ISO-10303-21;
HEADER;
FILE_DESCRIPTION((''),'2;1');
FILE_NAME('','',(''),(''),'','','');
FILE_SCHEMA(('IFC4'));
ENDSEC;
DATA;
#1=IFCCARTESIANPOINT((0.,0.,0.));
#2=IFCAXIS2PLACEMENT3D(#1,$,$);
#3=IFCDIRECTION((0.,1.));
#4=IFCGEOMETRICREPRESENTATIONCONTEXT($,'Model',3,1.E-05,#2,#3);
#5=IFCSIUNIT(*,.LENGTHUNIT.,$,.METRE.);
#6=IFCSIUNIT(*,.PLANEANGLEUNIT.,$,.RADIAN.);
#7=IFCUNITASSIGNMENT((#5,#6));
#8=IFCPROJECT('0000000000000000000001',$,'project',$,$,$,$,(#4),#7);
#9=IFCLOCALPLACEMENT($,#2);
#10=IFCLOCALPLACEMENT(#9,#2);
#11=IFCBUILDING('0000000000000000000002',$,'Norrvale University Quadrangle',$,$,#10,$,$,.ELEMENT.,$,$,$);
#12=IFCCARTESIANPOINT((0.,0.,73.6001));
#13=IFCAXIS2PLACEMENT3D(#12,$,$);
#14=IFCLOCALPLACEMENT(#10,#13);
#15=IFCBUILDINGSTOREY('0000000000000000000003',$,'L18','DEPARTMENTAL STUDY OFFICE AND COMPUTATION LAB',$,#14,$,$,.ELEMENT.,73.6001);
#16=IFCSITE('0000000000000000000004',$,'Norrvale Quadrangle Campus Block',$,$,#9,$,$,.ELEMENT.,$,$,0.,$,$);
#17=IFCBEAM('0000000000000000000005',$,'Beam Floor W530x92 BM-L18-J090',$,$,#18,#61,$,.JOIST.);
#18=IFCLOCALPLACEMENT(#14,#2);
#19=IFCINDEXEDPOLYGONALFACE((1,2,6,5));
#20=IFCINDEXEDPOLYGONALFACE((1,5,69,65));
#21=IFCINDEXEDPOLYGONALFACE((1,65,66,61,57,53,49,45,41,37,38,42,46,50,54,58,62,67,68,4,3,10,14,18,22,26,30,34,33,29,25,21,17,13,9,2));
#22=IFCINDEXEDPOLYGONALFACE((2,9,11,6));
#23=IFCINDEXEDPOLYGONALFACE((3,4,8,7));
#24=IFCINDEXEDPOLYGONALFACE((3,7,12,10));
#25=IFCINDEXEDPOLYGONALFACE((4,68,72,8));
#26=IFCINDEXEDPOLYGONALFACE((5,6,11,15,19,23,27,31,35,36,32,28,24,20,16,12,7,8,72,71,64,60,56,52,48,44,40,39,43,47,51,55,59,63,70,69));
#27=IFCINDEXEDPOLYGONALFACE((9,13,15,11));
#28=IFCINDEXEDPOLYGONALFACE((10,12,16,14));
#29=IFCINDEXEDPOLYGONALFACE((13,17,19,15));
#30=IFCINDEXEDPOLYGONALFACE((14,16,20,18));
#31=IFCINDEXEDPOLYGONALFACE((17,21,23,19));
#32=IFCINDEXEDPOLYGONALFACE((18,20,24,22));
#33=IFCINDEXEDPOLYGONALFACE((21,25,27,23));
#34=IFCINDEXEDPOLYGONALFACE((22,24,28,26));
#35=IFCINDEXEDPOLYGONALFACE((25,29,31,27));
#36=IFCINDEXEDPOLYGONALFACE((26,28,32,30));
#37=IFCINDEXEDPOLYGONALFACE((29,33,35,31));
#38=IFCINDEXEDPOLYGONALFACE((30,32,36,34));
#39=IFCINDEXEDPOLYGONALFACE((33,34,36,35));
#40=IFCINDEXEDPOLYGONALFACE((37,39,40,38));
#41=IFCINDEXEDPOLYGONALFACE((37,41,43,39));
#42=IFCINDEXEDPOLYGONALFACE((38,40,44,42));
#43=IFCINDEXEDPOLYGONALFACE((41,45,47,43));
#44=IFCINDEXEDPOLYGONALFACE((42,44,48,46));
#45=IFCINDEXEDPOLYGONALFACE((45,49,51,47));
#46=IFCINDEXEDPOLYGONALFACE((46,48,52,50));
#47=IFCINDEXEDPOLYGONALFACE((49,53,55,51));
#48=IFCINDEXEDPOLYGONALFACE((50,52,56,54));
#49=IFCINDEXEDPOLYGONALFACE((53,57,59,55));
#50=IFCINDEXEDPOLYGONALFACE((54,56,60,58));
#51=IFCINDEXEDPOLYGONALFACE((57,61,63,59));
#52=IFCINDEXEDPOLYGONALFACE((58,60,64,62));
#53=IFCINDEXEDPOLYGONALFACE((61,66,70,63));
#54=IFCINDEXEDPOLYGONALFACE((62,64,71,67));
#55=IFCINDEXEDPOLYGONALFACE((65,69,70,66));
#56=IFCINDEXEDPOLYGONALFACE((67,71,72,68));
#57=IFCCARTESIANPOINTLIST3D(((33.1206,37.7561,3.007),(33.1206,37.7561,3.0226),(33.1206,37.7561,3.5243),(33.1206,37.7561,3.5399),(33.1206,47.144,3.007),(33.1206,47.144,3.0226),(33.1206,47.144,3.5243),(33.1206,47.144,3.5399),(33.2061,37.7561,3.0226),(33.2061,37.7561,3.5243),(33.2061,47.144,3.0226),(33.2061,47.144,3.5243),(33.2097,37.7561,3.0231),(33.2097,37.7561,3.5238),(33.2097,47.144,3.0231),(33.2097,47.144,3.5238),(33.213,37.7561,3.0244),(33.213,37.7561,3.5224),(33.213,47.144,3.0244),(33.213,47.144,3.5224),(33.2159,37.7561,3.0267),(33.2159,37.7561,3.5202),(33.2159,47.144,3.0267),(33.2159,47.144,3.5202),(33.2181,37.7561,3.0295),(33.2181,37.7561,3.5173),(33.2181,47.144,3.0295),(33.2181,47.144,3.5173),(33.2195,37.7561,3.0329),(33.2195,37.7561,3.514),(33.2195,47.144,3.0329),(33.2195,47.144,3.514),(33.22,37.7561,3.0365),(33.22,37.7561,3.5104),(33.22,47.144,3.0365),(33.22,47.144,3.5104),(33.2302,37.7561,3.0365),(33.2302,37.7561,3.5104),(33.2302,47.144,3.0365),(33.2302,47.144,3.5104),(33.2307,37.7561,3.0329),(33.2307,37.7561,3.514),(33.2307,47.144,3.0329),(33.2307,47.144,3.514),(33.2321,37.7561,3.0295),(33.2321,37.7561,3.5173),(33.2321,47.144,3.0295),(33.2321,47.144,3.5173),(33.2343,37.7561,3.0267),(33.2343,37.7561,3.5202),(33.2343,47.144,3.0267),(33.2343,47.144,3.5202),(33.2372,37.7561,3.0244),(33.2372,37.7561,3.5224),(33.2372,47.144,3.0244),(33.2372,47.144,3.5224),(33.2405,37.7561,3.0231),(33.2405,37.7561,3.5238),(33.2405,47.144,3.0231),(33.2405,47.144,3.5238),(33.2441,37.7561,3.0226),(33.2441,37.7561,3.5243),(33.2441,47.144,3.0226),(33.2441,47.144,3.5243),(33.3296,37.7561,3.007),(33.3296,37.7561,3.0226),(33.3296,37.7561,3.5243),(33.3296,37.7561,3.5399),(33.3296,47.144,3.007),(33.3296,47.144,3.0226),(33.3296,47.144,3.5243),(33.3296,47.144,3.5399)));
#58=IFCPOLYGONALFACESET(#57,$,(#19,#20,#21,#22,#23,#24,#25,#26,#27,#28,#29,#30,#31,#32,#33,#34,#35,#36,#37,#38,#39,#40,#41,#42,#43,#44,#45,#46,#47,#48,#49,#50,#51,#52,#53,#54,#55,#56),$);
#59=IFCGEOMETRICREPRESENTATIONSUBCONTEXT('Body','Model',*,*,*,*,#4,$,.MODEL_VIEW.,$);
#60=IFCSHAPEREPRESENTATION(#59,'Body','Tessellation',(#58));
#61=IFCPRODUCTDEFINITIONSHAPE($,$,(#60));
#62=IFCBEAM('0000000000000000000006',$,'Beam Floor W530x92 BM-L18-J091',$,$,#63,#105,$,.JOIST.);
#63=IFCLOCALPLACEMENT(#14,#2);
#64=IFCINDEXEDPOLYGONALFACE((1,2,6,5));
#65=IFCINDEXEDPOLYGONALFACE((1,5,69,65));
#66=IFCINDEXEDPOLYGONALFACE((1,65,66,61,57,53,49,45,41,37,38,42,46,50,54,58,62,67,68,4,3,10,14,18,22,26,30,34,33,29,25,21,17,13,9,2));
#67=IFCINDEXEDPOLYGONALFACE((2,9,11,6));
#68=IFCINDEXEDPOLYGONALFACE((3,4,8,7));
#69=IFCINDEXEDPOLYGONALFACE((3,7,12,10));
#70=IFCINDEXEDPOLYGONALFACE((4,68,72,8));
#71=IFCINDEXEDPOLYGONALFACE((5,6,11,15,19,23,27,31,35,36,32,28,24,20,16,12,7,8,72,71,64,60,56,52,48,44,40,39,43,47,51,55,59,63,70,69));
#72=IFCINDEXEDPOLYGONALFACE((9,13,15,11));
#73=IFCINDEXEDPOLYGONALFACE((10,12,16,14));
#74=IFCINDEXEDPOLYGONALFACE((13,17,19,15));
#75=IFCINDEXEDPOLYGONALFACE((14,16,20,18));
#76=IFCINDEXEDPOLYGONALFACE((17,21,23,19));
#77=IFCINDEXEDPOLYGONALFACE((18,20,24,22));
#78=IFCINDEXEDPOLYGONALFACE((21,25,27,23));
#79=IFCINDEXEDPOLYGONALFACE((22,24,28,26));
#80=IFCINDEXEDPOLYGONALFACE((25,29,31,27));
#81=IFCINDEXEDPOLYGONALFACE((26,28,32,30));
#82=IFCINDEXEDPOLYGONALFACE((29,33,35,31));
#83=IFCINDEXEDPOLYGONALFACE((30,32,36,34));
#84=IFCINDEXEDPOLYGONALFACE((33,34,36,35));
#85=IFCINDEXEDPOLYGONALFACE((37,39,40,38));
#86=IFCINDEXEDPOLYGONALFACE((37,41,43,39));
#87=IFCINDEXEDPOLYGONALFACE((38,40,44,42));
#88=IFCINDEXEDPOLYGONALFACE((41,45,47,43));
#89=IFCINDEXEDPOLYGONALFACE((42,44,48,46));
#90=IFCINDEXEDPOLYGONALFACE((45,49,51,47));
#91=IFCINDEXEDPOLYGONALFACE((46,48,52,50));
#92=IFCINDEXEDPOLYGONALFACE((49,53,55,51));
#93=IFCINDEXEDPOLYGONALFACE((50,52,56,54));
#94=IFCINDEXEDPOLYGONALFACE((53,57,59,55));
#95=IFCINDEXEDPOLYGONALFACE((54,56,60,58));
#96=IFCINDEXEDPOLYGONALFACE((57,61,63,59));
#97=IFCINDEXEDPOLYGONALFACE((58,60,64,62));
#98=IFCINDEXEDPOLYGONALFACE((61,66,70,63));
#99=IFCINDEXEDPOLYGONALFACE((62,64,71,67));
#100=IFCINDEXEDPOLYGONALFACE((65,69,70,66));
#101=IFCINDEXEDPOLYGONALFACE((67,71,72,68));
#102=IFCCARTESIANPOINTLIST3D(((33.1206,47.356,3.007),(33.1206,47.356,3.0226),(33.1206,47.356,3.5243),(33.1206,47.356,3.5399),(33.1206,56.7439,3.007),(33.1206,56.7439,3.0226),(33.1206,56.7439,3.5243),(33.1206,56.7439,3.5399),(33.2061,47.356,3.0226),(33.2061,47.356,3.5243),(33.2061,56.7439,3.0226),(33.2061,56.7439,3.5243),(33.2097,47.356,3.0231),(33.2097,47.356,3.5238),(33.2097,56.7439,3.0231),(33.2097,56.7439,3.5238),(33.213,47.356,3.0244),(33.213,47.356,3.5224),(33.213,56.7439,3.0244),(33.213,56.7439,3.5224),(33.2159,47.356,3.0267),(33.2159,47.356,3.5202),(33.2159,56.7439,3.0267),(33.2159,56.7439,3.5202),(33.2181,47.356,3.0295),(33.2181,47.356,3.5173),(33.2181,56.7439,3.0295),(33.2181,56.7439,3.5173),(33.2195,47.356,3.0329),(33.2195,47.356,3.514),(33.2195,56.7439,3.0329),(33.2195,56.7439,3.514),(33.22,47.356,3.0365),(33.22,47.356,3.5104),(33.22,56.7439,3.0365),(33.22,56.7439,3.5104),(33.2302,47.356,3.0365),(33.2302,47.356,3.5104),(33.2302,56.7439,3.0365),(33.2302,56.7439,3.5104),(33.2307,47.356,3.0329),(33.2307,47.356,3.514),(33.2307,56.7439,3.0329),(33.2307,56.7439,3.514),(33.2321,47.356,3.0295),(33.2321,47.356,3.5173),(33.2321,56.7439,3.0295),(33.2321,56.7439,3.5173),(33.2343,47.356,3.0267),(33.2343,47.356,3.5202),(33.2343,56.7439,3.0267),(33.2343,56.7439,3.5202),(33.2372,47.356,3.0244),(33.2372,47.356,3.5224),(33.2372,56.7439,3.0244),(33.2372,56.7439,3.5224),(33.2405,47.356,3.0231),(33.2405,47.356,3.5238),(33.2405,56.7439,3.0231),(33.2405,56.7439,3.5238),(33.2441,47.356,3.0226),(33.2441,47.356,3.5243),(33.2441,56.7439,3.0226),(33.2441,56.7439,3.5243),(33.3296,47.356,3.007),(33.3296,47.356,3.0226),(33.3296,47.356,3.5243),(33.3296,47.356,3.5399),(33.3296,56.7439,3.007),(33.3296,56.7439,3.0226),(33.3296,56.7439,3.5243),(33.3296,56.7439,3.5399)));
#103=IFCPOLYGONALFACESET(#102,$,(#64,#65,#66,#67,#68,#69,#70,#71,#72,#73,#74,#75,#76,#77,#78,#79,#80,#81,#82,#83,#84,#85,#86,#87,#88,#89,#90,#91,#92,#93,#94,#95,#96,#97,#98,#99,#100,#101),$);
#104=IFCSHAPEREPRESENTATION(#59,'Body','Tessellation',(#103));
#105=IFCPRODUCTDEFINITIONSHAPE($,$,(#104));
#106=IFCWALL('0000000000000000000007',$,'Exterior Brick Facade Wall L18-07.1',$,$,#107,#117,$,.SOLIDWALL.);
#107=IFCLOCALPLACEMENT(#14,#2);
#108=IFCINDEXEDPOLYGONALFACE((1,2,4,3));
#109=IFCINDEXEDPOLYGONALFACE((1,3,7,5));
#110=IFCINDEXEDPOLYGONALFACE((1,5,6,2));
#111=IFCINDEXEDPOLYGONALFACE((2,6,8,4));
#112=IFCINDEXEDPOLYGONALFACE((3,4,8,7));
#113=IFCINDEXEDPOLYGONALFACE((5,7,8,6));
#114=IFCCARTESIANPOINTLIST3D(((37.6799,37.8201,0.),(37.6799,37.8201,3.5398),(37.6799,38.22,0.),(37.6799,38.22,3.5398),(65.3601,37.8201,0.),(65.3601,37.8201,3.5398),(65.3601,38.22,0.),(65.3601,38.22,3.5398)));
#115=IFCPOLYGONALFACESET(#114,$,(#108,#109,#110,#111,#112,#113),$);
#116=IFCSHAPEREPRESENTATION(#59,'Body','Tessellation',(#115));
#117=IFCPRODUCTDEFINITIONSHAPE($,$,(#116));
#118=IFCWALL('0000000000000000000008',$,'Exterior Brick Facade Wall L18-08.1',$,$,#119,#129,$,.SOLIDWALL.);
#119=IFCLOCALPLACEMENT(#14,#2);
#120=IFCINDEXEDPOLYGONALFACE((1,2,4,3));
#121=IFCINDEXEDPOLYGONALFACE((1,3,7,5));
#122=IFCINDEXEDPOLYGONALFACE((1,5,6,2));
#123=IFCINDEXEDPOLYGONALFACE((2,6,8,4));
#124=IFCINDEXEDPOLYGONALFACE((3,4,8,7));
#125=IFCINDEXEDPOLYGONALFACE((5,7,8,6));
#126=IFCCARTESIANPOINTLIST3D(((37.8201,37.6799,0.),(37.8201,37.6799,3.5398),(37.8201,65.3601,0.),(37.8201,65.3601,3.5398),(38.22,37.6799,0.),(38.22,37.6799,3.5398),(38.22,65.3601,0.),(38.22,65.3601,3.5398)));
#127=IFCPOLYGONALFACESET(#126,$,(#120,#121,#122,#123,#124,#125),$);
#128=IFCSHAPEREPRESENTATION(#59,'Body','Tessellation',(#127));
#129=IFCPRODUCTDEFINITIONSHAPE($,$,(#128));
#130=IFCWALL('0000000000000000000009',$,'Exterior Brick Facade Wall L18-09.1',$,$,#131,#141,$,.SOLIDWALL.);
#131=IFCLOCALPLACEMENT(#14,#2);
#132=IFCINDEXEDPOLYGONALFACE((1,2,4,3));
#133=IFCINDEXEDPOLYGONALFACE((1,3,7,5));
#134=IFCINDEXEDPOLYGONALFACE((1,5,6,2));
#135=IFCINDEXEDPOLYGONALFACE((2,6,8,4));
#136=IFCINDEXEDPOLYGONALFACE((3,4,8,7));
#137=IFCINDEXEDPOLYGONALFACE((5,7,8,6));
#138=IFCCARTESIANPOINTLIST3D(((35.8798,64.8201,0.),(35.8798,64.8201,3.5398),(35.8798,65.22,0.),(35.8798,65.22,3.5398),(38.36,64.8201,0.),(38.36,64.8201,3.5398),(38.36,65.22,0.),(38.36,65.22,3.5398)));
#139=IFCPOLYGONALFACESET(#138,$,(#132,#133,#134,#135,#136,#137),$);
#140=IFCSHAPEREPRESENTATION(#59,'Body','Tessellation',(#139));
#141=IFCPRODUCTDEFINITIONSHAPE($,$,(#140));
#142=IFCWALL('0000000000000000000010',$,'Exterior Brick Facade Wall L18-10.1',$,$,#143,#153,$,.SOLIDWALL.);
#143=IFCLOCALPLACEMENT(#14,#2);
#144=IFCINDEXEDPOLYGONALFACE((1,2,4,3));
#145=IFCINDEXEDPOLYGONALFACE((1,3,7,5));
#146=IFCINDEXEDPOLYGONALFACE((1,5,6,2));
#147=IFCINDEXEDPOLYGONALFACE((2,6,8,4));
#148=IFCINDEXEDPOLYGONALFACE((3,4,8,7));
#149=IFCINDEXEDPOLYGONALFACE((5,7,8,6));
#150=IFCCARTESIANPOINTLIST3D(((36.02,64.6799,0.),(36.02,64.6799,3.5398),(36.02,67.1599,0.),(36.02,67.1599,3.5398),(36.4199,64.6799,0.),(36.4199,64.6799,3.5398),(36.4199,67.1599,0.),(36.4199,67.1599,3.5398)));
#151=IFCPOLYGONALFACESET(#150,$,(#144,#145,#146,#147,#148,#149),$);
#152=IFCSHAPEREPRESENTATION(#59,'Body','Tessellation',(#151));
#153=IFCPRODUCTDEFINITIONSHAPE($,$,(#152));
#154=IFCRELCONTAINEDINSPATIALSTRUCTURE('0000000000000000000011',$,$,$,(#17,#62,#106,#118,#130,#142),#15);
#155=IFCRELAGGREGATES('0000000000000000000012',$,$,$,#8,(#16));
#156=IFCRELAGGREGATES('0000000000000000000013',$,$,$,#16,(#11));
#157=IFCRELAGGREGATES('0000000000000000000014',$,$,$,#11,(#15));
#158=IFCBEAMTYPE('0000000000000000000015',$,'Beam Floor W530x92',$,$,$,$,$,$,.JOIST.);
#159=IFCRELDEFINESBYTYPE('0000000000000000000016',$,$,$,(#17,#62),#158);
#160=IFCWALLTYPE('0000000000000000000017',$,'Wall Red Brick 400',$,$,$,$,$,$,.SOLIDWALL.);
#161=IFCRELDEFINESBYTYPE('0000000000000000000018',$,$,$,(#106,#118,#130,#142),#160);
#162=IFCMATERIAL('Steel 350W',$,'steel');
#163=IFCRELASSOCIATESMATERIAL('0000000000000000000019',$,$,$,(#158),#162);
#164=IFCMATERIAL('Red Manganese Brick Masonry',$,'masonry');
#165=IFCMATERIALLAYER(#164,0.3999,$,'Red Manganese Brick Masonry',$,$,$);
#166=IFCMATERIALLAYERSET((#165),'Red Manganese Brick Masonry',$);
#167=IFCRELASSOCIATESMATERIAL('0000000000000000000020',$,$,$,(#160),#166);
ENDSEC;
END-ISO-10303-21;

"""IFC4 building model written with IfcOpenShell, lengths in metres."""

from ifc_helpers import new_model, si_unit, direction, frame, frame_2d, origin, origin_2d, place, context, subcontext, project, spatial, rectangle, i_section, extrude, material, layer, layer_set, material_profile, profile_set, type_object, element, save


model = new_model("IFC4")

# Units and contexts
model_context = context("Model", 3, precision=1e-05, world=origin(), true_north=direction((0.0, 1.0)))
body_context = subcontext(model_context, "Body", "Model", "MODEL_VIEW")
ifc_project = project(units=[si_unit("LENGTHUNIT", "METRE"), si_unit("PLANEANGLEUNIT", "RADIAN")], contexts=[model_context])

# Site, building, storey
site_placement = place(None, origin())
site = spatial("IfcSite", under=ifc_project, at=site_placement, Name="Norrvale Quadrangle Campus Block", CompositionType="ELEMENT", RefElevation=0.0)
building_placement = place(site_placement, origin())
building = spatial("IfcBuilding", under=site, at=building_placement, Name="Norrvale University Quadrangle", CompositionType="ELEMENT")
storey_placement = place(building_placement, frame((0.0, 0.0, 73.6001)))
storey = spatial("IfcBuildingStorey", under=building, at=storey_placement, Name="L18", Description="DEPARTMENTAL STUDY OFFICE AND COMPUTATION LAB", CompositionType="ELEMENT", Elevation=73.6001)

# Beams
ifc_material_1 = material(Name="Steel 350W", Category="steel")
ifc_material_profile_1 = material_profile(ifc_material_1, i_section(OverallWidth=0.209, OverallDepth=0.533, WebThickness=0.0103, FlangeThickness=0.0156, FilletRadius=0.0139, at=origin_2d()), Name="Steel 350W")
ifc_profile_set_1 = profile_set([ifc_material_profile_1], Name="Steel 350W")
beam_type_1 = type_object("IfcBeamType", Name="Beam Floor W530x92", PredefinedType="JOIST", material=ifc_profile_set_1)
for number, where, z_axis, x_axis, name in (
    (1, (33.2251, 37.7561, 3.2734), (0.0, 1.0, 0.0), (-1.0, 0.0, 0.0), "Beam Floor W530x92 BM-L18-J090"),
    (2, (33.2251, 47.356, 3.2734), (0.0, 1.0, 0.0), (-1.0, 0.0, 0.0), "Beam Floor W530x92 BM-L18-J091"),
):
    element("IfcBeam", number, at=place(storey_placement, frame(where, z_axis=z_axis, x_axis=x_axis)), inside=storey, type_object=beam_type_1, Name=name, PredefinedType="JOIST", context=body_context, shape_type="SweptSolid", body=[
        extrude(i_section(OverallWidth=0.209, OverallDepth=0.533, WebThickness=0.0103, FlangeThickness=0.0156, FilletRadius=0.0139, at=origin_2d()), origin(), (0.0, 0.0, 1.0), 9.3879),
    ])

# Walls
ifc_material_2 = material(Name="Red Manganese Brick Masonry", Category="masonry")
ifc_layer = layer(ifc_material_2, 0.3999, Name="Red Manganese Brick Masonry")
ifc_layer_set = layer_set([ifc_layer], Name="Red Manganese Brick Masonry")
wall_type = type_object("IfcWallType", Name="Wall Red Brick 400", PredefinedType="SOLIDWALL", material=ifc_layer_set)
for number, where, z_axis, x_axis, name in (
    (3, (65.3601, 38.02, 0.0), (0.0, 0.0, 1.0), (-1.0, 0.0, 0.0), "Exterior Brick Facade Wall L18-07.1"),
    (4, (38.02, 37.6799, 0.0), (0.0, 0.0, 1.0), (0.0, 1.0, 0.0), "Exterior Brick Facade Wall L18-08.1"),
):
    element("IfcWall", number, at=place(storey_placement, frame(where, z_axis=z_axis, x_axis=x_axis)), inside=storey, type_object=wall_type, Name=name, PredefinedType="SOLIDWALL", context=body_context, shape_type="SweptSolid", body=[
        extrude(rectangle(XDim=27.6802, YDim=0.3999, at=frame_2d((13.8401, 0.0))), origin(), (0.0, 0.0, 1.0), 3.5398),
    ])
wall_1_placement = place(storey_placement, frame((38.3601, 65.02, 0.0), z_axis=(0.0, 0.0, 1.0), x_axis=(-1.0, 0.0, 0.0)))
element("IfcWall", 5, at=wall_1_placement, inside=storey, type_object=wall_type, Name="Exterior Brick Facade Wall L18-09.1", PredefinedType="SOLIDWALL", context=body_context, shape_type="SweptSolid", body=[
    extrude(rectangle(XDim=2.4802, YDim=0.3999, at=frame_2d((1.2402, 0.0))), origin(), (0.0, 0.0, 1.0), 3.5398),
])
wall_2_placement = place(storey_placement, frame((36.22, 64.6799, 0.0), z_axis=(0.0, 0.0, 1.0), x_axis=(0.0, 1.0, 0.0)))
element("IfcWall", 6, at=wall_2_placement, inside=storey, type_object=wall_type, Name="Exterior Brick Facade Wall L18-10.1", PredefinedType="SOLIDWALL", context=body_context, shape_type="SweptSolid", body=[
    extrude(rectangle(XDim=2.48, YDim=0.3999, at=frame_2d((1.24, 0.0))), origin(), (0.0, 0.0, 1.0), 3.5398),
])

save(model, "model.ifc")
